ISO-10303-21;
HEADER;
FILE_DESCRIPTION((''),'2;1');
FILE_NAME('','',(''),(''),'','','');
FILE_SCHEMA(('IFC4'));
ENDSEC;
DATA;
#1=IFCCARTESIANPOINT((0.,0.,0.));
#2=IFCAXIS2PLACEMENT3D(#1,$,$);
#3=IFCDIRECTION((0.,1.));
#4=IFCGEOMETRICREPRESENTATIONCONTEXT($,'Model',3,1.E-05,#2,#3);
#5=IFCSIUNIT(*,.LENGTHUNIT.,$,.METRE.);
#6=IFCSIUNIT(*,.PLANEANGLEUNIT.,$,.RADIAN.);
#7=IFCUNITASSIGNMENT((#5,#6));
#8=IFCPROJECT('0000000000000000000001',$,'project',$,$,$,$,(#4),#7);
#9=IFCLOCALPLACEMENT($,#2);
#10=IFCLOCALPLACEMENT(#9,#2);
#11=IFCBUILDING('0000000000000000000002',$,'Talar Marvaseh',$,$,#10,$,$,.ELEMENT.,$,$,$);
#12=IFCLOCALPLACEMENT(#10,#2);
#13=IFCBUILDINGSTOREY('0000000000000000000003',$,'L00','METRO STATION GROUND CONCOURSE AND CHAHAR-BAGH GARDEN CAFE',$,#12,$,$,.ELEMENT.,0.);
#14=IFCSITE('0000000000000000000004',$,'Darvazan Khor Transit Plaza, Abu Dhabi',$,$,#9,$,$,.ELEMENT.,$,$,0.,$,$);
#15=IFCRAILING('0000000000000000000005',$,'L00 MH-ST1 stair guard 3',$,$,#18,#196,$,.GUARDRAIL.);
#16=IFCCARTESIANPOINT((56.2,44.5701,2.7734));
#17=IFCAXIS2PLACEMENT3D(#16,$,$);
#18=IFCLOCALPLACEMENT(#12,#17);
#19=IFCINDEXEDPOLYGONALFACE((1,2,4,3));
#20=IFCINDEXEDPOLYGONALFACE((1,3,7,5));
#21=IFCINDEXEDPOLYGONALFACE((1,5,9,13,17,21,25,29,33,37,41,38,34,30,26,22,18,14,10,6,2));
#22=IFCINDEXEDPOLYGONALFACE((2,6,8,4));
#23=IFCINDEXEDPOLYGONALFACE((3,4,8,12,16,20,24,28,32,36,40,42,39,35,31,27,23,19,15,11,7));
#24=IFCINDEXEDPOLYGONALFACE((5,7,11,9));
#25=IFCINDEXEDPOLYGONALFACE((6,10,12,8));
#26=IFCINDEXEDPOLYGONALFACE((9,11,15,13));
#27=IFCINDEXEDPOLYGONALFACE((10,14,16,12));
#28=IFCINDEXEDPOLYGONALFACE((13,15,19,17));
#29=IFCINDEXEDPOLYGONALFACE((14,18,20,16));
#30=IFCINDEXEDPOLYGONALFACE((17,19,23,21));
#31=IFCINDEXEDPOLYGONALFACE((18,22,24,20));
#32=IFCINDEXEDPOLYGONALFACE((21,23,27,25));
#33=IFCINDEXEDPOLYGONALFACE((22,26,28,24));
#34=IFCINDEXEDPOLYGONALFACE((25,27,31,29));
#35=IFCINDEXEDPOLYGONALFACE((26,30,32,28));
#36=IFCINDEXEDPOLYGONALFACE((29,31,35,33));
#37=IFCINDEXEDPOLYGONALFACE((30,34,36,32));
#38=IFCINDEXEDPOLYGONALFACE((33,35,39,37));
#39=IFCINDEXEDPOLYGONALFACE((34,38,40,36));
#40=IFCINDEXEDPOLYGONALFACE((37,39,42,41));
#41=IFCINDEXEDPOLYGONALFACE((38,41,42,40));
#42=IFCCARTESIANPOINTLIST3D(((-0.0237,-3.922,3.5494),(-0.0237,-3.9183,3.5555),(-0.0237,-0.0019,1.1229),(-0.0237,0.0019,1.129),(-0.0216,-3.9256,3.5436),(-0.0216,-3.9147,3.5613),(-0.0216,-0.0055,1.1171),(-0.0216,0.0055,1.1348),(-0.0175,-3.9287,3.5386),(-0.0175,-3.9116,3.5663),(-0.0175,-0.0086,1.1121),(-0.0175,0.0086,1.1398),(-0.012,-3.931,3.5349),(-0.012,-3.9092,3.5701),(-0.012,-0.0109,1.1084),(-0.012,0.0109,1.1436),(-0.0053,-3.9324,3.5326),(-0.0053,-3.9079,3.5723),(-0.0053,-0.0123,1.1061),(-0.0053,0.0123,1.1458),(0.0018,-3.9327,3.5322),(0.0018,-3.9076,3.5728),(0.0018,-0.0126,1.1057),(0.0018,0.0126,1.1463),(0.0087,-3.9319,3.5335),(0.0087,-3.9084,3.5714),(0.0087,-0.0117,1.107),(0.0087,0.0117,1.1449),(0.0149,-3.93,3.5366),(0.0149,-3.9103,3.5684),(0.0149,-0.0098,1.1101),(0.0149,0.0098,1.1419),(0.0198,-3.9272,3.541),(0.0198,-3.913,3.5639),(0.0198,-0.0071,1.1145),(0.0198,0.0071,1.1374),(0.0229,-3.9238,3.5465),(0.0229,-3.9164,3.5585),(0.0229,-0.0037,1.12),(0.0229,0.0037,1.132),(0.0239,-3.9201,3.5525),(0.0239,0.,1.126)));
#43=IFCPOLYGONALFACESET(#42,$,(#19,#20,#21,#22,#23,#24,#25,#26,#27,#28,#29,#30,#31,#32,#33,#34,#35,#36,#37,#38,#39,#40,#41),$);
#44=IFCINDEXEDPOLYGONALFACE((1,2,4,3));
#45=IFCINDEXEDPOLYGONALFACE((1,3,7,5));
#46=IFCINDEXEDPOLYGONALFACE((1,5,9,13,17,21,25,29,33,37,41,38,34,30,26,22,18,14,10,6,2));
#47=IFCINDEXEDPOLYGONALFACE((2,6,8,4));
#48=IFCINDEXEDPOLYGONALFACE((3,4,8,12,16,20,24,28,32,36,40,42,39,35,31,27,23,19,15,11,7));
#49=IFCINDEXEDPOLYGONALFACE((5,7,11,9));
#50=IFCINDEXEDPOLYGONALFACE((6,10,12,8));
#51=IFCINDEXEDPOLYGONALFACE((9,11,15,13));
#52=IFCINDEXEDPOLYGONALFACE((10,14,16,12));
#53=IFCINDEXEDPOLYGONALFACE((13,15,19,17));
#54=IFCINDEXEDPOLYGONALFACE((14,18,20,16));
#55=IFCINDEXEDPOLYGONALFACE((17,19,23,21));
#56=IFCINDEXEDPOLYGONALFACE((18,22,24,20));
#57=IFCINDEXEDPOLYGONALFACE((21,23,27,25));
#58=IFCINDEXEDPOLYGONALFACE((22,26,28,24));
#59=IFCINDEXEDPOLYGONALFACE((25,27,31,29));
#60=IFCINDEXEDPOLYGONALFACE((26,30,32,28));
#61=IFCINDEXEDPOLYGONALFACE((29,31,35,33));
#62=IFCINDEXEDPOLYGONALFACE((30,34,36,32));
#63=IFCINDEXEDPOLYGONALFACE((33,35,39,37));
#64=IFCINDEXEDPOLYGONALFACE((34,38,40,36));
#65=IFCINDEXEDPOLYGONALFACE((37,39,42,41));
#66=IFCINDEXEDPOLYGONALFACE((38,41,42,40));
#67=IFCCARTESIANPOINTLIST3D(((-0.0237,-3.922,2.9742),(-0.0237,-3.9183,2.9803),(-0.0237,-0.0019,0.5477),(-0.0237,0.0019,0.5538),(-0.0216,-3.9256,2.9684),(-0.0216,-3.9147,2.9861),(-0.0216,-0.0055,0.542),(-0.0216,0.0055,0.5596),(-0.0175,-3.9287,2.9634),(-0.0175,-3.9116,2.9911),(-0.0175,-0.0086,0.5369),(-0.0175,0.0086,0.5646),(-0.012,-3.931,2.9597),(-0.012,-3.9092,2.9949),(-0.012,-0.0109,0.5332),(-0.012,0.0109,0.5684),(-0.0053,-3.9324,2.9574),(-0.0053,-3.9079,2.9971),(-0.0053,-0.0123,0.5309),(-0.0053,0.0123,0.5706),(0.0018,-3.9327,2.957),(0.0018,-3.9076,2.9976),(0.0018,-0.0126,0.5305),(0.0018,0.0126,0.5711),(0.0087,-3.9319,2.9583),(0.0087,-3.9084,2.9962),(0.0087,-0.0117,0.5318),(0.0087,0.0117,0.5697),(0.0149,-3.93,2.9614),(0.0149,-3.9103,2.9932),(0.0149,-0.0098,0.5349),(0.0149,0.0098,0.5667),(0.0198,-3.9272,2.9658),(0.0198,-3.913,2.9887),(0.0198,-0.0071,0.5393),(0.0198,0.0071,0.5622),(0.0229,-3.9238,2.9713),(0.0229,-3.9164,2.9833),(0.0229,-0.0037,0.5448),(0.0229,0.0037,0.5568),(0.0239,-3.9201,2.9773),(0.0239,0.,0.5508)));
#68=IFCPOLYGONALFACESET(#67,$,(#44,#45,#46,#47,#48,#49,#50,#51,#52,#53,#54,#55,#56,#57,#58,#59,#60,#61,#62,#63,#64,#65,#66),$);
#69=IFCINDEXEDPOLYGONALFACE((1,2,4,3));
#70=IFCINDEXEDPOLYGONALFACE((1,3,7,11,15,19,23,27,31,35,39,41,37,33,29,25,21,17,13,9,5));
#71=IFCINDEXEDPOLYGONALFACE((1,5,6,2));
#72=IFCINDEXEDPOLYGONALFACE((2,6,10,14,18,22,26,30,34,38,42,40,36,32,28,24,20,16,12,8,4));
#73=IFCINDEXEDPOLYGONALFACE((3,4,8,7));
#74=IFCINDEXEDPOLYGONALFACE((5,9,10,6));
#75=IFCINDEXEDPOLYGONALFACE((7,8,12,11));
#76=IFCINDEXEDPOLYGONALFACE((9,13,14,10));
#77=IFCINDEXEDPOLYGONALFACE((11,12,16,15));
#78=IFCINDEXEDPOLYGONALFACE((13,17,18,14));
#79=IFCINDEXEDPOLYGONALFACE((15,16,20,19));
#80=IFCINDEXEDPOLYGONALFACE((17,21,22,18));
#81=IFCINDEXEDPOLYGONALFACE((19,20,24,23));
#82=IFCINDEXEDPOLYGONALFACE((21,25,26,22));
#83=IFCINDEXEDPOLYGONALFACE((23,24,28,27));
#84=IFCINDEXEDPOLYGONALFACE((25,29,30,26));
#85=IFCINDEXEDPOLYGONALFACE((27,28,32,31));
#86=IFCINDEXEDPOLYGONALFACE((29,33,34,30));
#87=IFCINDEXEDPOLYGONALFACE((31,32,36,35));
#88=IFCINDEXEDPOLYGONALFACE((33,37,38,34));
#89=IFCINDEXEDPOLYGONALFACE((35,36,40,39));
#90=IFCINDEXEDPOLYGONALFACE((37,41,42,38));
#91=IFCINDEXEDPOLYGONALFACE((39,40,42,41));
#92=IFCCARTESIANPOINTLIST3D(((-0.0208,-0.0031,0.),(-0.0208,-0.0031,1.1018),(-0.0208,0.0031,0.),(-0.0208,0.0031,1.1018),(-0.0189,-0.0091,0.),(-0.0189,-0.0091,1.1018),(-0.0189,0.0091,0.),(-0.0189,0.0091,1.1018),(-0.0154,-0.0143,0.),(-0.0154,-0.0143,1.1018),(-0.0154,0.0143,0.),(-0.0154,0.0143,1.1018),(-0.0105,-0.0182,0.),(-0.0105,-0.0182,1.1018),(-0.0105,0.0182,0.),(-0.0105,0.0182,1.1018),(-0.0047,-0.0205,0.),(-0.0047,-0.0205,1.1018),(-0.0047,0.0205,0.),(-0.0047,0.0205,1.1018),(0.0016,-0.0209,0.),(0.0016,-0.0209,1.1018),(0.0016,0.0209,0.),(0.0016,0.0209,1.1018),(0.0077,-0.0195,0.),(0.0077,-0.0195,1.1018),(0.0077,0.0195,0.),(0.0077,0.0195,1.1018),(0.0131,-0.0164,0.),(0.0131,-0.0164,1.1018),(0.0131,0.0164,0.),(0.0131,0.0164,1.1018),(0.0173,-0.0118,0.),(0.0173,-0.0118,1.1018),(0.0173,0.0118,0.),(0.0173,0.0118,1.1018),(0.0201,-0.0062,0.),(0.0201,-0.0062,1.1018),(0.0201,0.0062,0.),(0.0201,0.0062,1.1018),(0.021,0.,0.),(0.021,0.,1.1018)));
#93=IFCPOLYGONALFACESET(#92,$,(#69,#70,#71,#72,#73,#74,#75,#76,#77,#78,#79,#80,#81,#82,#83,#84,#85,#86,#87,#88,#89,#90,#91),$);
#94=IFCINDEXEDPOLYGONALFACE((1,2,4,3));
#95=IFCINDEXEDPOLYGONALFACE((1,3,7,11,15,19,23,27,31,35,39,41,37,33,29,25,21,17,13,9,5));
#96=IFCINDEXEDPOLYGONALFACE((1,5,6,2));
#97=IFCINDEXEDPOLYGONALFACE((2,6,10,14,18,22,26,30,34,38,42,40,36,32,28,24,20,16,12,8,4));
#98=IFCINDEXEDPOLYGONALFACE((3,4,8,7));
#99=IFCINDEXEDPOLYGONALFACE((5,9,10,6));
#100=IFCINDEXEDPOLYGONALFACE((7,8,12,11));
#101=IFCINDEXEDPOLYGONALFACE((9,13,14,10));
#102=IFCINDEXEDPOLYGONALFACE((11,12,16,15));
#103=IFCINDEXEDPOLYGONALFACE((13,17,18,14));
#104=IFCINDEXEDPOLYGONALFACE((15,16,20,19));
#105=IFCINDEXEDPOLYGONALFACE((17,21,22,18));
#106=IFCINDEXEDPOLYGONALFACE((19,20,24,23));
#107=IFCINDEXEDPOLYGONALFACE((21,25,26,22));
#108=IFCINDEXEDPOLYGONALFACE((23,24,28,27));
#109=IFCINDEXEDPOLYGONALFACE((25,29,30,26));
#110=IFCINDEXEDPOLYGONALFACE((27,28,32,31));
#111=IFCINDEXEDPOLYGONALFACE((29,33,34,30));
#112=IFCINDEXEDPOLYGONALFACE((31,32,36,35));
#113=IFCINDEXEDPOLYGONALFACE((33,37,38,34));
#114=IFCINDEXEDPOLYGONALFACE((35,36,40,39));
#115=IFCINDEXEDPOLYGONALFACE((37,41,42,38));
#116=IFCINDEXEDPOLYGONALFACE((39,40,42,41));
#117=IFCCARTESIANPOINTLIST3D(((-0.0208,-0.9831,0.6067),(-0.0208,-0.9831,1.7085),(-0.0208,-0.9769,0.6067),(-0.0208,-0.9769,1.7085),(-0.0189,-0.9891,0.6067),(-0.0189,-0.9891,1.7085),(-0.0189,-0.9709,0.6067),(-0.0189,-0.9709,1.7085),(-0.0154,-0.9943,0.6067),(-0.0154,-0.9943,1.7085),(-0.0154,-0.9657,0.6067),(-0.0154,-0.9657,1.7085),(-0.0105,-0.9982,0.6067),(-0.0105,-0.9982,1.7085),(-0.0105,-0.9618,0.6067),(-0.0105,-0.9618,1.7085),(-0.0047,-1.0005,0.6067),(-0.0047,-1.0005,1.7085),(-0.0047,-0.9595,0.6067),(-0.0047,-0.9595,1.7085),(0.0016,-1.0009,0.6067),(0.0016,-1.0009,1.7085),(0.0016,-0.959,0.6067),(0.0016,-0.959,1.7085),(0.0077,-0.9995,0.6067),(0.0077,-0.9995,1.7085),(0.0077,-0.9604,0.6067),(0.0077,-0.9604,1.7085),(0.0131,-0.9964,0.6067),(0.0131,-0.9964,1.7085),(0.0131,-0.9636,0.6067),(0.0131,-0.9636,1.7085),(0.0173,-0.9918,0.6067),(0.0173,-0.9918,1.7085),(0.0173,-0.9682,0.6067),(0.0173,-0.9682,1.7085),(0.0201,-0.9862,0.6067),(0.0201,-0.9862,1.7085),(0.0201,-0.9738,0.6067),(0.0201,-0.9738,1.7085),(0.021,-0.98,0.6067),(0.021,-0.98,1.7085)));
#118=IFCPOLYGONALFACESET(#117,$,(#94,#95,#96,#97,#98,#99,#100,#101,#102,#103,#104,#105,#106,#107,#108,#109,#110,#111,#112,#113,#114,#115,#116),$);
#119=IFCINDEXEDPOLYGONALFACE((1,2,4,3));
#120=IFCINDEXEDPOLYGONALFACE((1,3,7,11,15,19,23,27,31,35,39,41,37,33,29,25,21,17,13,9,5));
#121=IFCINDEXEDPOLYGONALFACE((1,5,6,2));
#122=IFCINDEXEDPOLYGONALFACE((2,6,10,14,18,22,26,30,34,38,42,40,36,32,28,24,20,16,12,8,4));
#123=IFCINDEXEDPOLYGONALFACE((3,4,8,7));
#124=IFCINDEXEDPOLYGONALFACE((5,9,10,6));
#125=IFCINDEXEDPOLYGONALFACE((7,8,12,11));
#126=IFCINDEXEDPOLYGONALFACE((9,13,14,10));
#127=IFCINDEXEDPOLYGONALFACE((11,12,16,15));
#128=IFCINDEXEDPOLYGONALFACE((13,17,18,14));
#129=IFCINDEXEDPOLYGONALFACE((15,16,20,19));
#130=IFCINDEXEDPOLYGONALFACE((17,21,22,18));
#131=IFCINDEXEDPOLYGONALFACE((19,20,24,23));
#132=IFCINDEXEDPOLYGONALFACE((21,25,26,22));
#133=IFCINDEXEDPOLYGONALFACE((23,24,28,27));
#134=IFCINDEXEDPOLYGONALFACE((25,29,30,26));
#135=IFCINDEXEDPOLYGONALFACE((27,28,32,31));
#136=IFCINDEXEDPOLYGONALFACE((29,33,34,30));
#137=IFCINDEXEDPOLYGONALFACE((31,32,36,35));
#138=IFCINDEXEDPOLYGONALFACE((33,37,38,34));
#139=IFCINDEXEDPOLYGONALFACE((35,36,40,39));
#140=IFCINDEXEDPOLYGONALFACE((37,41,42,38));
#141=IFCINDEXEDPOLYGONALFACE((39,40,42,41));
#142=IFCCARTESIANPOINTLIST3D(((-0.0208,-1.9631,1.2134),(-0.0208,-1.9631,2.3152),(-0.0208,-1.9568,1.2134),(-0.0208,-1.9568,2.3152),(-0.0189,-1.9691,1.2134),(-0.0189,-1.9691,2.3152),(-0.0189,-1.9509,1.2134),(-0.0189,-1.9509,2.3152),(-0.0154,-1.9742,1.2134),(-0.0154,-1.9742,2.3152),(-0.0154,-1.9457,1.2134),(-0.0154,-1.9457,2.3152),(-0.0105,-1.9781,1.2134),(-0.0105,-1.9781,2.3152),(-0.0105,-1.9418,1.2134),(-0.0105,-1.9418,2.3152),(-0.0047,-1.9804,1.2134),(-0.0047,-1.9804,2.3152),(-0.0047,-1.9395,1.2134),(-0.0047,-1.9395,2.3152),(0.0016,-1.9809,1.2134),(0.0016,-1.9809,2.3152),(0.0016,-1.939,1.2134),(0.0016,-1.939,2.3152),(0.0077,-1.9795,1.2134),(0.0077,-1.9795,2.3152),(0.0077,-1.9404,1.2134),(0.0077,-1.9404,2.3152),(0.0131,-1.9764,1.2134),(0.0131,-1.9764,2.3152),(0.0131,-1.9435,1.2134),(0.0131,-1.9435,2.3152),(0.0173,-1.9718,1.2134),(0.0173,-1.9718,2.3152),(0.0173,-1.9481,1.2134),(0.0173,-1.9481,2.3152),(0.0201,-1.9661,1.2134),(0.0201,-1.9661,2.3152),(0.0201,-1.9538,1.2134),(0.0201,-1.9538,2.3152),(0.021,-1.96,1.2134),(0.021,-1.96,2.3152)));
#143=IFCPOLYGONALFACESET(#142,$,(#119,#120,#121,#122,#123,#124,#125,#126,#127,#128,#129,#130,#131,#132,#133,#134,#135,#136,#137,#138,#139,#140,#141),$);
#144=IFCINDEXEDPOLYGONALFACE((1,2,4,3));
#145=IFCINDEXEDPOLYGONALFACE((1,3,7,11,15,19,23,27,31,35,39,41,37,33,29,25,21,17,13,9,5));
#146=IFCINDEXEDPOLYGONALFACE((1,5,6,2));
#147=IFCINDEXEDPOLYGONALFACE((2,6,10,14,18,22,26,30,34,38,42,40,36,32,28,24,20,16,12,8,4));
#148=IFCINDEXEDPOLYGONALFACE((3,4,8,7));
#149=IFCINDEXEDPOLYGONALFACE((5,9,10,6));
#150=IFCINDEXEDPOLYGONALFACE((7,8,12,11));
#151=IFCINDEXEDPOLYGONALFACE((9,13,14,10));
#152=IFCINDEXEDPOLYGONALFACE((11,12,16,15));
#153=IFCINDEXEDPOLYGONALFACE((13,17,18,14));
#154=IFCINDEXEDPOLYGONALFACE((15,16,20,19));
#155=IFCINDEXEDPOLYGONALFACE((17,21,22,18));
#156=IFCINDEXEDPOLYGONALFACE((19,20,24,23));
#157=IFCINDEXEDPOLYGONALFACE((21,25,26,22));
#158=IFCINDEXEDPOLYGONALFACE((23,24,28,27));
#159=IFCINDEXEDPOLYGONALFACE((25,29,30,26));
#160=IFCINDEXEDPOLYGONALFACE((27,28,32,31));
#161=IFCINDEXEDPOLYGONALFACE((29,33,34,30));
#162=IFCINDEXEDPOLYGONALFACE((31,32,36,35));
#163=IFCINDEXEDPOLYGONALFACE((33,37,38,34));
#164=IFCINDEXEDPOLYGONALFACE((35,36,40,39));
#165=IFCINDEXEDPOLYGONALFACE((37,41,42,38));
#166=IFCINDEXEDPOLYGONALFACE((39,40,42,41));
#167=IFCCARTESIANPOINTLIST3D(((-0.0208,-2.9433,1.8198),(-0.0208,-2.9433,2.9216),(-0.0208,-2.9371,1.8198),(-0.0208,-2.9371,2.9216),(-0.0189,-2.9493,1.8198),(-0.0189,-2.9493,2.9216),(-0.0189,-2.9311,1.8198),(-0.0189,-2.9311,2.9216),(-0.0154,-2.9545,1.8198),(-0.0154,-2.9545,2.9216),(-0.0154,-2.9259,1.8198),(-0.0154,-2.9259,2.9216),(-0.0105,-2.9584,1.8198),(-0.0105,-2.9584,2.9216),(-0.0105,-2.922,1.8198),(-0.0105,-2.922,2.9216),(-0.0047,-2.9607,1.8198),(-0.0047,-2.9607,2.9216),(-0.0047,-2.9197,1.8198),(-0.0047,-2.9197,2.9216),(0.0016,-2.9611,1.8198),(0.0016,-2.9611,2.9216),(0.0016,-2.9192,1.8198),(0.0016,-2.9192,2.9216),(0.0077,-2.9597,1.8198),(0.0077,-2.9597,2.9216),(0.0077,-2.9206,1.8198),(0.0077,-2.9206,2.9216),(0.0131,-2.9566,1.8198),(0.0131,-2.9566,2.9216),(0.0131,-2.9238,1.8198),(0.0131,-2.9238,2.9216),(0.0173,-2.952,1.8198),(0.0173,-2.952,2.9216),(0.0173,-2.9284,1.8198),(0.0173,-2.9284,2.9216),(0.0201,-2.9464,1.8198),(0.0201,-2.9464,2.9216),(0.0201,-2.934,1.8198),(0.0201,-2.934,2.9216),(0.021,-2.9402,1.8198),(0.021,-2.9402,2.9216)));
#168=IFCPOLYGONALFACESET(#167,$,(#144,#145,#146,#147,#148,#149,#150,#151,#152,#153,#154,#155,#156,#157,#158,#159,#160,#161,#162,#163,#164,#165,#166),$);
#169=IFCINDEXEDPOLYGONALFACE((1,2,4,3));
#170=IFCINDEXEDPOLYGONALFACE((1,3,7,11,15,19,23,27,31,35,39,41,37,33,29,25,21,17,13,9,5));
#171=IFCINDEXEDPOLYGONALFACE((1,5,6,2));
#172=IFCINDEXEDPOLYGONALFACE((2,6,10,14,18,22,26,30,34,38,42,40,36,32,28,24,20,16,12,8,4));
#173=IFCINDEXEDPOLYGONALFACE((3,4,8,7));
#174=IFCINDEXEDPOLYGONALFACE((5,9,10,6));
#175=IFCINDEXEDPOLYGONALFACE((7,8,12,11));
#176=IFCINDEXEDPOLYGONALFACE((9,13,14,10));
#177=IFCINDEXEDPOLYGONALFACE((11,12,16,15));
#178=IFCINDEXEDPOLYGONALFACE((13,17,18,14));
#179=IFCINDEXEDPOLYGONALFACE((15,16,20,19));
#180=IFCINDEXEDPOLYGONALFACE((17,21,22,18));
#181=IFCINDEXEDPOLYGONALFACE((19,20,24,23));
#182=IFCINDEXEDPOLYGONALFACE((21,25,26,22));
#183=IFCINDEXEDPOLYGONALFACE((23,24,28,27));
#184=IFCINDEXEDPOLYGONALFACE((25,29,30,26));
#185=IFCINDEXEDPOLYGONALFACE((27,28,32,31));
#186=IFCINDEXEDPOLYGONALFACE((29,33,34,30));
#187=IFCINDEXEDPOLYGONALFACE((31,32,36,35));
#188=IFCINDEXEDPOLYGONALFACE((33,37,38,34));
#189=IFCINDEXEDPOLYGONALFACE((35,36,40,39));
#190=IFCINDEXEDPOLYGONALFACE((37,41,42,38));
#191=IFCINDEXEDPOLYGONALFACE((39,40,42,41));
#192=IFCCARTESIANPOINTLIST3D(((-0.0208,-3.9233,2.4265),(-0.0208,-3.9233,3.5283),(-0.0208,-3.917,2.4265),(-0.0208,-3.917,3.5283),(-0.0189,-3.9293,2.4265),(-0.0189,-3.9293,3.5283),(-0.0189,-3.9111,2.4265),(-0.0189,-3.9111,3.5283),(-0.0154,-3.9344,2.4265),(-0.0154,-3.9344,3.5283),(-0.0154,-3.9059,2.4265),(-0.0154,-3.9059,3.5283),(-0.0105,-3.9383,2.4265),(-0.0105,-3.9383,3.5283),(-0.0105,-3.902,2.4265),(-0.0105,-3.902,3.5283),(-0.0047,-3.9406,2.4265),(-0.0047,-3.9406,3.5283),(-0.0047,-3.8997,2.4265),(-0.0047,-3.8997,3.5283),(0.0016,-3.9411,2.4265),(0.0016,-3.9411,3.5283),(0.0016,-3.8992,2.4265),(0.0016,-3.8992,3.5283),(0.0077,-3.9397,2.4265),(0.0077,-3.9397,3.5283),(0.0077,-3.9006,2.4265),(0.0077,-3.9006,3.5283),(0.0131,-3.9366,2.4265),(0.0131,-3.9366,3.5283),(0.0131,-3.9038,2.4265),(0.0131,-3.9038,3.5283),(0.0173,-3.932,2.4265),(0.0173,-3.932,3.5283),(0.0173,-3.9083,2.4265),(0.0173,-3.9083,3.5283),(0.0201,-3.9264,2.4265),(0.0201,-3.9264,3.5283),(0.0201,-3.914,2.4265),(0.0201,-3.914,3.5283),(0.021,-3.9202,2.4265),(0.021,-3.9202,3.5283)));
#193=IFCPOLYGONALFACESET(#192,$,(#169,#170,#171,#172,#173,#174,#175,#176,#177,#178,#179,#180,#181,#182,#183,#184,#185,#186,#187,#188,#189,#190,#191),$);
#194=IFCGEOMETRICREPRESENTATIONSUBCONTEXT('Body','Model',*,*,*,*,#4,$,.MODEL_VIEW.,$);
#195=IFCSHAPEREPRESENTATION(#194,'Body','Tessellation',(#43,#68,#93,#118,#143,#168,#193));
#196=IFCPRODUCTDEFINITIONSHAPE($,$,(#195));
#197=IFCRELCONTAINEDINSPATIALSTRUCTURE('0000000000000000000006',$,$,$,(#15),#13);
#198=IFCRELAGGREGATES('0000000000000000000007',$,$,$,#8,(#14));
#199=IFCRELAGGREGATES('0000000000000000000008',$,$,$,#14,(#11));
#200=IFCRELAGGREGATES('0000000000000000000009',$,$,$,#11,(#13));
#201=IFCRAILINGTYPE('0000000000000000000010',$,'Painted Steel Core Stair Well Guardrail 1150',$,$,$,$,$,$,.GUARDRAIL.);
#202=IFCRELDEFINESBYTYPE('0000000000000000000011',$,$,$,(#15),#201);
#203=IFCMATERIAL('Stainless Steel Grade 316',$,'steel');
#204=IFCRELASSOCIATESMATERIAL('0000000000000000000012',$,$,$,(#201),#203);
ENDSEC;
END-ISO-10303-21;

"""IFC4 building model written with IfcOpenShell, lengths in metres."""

from ifc_helpers import new_model, si_unit, direction, frame, origin, origin_2d, place, context, subcontext, project, spatial, circle, extrude, material, type_object, element, save


model = new_model("IFC4")

# Units and contexts
model_context = context("Model", 3, precision=1e-05, world=origin(), true_north=direction((0.0, 1.0)))
body_context = subcontext(model_context, "Body", "Model", "MODEL_VIEW")
ifc_project = project(units=[si_unit("LENGTHUNIT", "METRE"), si_unit("PLANEANGLEUNIT", "RADIAN")], contexts=[model_context])

# Site, building, storey
site_placement = place(None, origin())
site = spatial("IfcSite", under=ifc_project, at=site_placement, Name="Darvazan Khor Transit Plaza, Abu Dhabi", CompositionType="ELEMENT", RefElevation=0.0)
building_placement = place(site_placement, origin())
building = spatial("IfcBuilding", under=site, at=building_placement, Name="Talar Marvaseh", CompositionType="ELEMENT")
storey_placement = place(building_placement, origin())
storey = spatial("IfcBuildingStorey", under=building, at=storey_placement, Name="L00", Description="METRO STATION GROUND CONCOURSE AND CHAHAR-BAGH GARDEN CAFE", CompositionType="ELEMENT", Elevation=0.0)

# Railing
ifc_material_1 = material(Name="Stainless Steel Grade 316", Category="steel")
railing_type_1 = type_object("IfcRailingType", Name="Painted Steel Core Stair Well Guardrail 1150", PredefinedType="GUARDRAIL", material=ifc_material_1)
railing_1_placement = place(storey_placement, frame((56.2, 44.5701, 2.7734)))
element("IfcRailing", 1, at=railing_1_placement, inside=storey, type_object=railing_type_1, Name="L00 MH-ST1 stair guard 3", PredefinedType="GUARDRAIL", context=body_context, shape_type="SweptSolid", body=[
    extrude(circle(Radius=0.0239, at=origin_2d()), frame((0.0, 0.0, 1.126), z_axis=(0.0, -0.85029, 0.526315), x_axis=(1.0, 0.0, 0.0)), (0.0, 0.0, 1.0), 4.6104),
    extrude(circle(Radius=0.0239, at=origin_2d()), frame((0.0, 0.0, 0.5508), z_axis=(0.0, -0.85029, 0.526315), x_axis=(1.0, 0.0, 0.0)), (0.0, 0.0, 1.0), 4.6104),
    extrude(circle(Radius=0.021, at=origin_2d()), origin(), (0.0, 0.0, 1.0), 1.1018),
    extrude(circle(Radius=0.021, at=origin_2d()), frame((0.0, -0.98, 0.6067)), (0.0, 0.0, 1.0), 1.1018),
    extrude(circle(Radius=0.021, at=origin_2d()), frame((0.0, -1.96, 1.2134)), (0.0, 0.0, 1.0), 1.1018),
    extrude(circle(Radius=0.021, at=origin_2d()), frame((0.0, -2.9402, 1.8198)), (0.0, 0.0, 1.0), 1.1018),
    extrude(circle(Radius=0.021, at=origin_2d()), frame((0.0, -3.9202, 2.4265)), (0.0, 0.0, 1.0), 1.1018),
])

save(model, "model.ifc")
